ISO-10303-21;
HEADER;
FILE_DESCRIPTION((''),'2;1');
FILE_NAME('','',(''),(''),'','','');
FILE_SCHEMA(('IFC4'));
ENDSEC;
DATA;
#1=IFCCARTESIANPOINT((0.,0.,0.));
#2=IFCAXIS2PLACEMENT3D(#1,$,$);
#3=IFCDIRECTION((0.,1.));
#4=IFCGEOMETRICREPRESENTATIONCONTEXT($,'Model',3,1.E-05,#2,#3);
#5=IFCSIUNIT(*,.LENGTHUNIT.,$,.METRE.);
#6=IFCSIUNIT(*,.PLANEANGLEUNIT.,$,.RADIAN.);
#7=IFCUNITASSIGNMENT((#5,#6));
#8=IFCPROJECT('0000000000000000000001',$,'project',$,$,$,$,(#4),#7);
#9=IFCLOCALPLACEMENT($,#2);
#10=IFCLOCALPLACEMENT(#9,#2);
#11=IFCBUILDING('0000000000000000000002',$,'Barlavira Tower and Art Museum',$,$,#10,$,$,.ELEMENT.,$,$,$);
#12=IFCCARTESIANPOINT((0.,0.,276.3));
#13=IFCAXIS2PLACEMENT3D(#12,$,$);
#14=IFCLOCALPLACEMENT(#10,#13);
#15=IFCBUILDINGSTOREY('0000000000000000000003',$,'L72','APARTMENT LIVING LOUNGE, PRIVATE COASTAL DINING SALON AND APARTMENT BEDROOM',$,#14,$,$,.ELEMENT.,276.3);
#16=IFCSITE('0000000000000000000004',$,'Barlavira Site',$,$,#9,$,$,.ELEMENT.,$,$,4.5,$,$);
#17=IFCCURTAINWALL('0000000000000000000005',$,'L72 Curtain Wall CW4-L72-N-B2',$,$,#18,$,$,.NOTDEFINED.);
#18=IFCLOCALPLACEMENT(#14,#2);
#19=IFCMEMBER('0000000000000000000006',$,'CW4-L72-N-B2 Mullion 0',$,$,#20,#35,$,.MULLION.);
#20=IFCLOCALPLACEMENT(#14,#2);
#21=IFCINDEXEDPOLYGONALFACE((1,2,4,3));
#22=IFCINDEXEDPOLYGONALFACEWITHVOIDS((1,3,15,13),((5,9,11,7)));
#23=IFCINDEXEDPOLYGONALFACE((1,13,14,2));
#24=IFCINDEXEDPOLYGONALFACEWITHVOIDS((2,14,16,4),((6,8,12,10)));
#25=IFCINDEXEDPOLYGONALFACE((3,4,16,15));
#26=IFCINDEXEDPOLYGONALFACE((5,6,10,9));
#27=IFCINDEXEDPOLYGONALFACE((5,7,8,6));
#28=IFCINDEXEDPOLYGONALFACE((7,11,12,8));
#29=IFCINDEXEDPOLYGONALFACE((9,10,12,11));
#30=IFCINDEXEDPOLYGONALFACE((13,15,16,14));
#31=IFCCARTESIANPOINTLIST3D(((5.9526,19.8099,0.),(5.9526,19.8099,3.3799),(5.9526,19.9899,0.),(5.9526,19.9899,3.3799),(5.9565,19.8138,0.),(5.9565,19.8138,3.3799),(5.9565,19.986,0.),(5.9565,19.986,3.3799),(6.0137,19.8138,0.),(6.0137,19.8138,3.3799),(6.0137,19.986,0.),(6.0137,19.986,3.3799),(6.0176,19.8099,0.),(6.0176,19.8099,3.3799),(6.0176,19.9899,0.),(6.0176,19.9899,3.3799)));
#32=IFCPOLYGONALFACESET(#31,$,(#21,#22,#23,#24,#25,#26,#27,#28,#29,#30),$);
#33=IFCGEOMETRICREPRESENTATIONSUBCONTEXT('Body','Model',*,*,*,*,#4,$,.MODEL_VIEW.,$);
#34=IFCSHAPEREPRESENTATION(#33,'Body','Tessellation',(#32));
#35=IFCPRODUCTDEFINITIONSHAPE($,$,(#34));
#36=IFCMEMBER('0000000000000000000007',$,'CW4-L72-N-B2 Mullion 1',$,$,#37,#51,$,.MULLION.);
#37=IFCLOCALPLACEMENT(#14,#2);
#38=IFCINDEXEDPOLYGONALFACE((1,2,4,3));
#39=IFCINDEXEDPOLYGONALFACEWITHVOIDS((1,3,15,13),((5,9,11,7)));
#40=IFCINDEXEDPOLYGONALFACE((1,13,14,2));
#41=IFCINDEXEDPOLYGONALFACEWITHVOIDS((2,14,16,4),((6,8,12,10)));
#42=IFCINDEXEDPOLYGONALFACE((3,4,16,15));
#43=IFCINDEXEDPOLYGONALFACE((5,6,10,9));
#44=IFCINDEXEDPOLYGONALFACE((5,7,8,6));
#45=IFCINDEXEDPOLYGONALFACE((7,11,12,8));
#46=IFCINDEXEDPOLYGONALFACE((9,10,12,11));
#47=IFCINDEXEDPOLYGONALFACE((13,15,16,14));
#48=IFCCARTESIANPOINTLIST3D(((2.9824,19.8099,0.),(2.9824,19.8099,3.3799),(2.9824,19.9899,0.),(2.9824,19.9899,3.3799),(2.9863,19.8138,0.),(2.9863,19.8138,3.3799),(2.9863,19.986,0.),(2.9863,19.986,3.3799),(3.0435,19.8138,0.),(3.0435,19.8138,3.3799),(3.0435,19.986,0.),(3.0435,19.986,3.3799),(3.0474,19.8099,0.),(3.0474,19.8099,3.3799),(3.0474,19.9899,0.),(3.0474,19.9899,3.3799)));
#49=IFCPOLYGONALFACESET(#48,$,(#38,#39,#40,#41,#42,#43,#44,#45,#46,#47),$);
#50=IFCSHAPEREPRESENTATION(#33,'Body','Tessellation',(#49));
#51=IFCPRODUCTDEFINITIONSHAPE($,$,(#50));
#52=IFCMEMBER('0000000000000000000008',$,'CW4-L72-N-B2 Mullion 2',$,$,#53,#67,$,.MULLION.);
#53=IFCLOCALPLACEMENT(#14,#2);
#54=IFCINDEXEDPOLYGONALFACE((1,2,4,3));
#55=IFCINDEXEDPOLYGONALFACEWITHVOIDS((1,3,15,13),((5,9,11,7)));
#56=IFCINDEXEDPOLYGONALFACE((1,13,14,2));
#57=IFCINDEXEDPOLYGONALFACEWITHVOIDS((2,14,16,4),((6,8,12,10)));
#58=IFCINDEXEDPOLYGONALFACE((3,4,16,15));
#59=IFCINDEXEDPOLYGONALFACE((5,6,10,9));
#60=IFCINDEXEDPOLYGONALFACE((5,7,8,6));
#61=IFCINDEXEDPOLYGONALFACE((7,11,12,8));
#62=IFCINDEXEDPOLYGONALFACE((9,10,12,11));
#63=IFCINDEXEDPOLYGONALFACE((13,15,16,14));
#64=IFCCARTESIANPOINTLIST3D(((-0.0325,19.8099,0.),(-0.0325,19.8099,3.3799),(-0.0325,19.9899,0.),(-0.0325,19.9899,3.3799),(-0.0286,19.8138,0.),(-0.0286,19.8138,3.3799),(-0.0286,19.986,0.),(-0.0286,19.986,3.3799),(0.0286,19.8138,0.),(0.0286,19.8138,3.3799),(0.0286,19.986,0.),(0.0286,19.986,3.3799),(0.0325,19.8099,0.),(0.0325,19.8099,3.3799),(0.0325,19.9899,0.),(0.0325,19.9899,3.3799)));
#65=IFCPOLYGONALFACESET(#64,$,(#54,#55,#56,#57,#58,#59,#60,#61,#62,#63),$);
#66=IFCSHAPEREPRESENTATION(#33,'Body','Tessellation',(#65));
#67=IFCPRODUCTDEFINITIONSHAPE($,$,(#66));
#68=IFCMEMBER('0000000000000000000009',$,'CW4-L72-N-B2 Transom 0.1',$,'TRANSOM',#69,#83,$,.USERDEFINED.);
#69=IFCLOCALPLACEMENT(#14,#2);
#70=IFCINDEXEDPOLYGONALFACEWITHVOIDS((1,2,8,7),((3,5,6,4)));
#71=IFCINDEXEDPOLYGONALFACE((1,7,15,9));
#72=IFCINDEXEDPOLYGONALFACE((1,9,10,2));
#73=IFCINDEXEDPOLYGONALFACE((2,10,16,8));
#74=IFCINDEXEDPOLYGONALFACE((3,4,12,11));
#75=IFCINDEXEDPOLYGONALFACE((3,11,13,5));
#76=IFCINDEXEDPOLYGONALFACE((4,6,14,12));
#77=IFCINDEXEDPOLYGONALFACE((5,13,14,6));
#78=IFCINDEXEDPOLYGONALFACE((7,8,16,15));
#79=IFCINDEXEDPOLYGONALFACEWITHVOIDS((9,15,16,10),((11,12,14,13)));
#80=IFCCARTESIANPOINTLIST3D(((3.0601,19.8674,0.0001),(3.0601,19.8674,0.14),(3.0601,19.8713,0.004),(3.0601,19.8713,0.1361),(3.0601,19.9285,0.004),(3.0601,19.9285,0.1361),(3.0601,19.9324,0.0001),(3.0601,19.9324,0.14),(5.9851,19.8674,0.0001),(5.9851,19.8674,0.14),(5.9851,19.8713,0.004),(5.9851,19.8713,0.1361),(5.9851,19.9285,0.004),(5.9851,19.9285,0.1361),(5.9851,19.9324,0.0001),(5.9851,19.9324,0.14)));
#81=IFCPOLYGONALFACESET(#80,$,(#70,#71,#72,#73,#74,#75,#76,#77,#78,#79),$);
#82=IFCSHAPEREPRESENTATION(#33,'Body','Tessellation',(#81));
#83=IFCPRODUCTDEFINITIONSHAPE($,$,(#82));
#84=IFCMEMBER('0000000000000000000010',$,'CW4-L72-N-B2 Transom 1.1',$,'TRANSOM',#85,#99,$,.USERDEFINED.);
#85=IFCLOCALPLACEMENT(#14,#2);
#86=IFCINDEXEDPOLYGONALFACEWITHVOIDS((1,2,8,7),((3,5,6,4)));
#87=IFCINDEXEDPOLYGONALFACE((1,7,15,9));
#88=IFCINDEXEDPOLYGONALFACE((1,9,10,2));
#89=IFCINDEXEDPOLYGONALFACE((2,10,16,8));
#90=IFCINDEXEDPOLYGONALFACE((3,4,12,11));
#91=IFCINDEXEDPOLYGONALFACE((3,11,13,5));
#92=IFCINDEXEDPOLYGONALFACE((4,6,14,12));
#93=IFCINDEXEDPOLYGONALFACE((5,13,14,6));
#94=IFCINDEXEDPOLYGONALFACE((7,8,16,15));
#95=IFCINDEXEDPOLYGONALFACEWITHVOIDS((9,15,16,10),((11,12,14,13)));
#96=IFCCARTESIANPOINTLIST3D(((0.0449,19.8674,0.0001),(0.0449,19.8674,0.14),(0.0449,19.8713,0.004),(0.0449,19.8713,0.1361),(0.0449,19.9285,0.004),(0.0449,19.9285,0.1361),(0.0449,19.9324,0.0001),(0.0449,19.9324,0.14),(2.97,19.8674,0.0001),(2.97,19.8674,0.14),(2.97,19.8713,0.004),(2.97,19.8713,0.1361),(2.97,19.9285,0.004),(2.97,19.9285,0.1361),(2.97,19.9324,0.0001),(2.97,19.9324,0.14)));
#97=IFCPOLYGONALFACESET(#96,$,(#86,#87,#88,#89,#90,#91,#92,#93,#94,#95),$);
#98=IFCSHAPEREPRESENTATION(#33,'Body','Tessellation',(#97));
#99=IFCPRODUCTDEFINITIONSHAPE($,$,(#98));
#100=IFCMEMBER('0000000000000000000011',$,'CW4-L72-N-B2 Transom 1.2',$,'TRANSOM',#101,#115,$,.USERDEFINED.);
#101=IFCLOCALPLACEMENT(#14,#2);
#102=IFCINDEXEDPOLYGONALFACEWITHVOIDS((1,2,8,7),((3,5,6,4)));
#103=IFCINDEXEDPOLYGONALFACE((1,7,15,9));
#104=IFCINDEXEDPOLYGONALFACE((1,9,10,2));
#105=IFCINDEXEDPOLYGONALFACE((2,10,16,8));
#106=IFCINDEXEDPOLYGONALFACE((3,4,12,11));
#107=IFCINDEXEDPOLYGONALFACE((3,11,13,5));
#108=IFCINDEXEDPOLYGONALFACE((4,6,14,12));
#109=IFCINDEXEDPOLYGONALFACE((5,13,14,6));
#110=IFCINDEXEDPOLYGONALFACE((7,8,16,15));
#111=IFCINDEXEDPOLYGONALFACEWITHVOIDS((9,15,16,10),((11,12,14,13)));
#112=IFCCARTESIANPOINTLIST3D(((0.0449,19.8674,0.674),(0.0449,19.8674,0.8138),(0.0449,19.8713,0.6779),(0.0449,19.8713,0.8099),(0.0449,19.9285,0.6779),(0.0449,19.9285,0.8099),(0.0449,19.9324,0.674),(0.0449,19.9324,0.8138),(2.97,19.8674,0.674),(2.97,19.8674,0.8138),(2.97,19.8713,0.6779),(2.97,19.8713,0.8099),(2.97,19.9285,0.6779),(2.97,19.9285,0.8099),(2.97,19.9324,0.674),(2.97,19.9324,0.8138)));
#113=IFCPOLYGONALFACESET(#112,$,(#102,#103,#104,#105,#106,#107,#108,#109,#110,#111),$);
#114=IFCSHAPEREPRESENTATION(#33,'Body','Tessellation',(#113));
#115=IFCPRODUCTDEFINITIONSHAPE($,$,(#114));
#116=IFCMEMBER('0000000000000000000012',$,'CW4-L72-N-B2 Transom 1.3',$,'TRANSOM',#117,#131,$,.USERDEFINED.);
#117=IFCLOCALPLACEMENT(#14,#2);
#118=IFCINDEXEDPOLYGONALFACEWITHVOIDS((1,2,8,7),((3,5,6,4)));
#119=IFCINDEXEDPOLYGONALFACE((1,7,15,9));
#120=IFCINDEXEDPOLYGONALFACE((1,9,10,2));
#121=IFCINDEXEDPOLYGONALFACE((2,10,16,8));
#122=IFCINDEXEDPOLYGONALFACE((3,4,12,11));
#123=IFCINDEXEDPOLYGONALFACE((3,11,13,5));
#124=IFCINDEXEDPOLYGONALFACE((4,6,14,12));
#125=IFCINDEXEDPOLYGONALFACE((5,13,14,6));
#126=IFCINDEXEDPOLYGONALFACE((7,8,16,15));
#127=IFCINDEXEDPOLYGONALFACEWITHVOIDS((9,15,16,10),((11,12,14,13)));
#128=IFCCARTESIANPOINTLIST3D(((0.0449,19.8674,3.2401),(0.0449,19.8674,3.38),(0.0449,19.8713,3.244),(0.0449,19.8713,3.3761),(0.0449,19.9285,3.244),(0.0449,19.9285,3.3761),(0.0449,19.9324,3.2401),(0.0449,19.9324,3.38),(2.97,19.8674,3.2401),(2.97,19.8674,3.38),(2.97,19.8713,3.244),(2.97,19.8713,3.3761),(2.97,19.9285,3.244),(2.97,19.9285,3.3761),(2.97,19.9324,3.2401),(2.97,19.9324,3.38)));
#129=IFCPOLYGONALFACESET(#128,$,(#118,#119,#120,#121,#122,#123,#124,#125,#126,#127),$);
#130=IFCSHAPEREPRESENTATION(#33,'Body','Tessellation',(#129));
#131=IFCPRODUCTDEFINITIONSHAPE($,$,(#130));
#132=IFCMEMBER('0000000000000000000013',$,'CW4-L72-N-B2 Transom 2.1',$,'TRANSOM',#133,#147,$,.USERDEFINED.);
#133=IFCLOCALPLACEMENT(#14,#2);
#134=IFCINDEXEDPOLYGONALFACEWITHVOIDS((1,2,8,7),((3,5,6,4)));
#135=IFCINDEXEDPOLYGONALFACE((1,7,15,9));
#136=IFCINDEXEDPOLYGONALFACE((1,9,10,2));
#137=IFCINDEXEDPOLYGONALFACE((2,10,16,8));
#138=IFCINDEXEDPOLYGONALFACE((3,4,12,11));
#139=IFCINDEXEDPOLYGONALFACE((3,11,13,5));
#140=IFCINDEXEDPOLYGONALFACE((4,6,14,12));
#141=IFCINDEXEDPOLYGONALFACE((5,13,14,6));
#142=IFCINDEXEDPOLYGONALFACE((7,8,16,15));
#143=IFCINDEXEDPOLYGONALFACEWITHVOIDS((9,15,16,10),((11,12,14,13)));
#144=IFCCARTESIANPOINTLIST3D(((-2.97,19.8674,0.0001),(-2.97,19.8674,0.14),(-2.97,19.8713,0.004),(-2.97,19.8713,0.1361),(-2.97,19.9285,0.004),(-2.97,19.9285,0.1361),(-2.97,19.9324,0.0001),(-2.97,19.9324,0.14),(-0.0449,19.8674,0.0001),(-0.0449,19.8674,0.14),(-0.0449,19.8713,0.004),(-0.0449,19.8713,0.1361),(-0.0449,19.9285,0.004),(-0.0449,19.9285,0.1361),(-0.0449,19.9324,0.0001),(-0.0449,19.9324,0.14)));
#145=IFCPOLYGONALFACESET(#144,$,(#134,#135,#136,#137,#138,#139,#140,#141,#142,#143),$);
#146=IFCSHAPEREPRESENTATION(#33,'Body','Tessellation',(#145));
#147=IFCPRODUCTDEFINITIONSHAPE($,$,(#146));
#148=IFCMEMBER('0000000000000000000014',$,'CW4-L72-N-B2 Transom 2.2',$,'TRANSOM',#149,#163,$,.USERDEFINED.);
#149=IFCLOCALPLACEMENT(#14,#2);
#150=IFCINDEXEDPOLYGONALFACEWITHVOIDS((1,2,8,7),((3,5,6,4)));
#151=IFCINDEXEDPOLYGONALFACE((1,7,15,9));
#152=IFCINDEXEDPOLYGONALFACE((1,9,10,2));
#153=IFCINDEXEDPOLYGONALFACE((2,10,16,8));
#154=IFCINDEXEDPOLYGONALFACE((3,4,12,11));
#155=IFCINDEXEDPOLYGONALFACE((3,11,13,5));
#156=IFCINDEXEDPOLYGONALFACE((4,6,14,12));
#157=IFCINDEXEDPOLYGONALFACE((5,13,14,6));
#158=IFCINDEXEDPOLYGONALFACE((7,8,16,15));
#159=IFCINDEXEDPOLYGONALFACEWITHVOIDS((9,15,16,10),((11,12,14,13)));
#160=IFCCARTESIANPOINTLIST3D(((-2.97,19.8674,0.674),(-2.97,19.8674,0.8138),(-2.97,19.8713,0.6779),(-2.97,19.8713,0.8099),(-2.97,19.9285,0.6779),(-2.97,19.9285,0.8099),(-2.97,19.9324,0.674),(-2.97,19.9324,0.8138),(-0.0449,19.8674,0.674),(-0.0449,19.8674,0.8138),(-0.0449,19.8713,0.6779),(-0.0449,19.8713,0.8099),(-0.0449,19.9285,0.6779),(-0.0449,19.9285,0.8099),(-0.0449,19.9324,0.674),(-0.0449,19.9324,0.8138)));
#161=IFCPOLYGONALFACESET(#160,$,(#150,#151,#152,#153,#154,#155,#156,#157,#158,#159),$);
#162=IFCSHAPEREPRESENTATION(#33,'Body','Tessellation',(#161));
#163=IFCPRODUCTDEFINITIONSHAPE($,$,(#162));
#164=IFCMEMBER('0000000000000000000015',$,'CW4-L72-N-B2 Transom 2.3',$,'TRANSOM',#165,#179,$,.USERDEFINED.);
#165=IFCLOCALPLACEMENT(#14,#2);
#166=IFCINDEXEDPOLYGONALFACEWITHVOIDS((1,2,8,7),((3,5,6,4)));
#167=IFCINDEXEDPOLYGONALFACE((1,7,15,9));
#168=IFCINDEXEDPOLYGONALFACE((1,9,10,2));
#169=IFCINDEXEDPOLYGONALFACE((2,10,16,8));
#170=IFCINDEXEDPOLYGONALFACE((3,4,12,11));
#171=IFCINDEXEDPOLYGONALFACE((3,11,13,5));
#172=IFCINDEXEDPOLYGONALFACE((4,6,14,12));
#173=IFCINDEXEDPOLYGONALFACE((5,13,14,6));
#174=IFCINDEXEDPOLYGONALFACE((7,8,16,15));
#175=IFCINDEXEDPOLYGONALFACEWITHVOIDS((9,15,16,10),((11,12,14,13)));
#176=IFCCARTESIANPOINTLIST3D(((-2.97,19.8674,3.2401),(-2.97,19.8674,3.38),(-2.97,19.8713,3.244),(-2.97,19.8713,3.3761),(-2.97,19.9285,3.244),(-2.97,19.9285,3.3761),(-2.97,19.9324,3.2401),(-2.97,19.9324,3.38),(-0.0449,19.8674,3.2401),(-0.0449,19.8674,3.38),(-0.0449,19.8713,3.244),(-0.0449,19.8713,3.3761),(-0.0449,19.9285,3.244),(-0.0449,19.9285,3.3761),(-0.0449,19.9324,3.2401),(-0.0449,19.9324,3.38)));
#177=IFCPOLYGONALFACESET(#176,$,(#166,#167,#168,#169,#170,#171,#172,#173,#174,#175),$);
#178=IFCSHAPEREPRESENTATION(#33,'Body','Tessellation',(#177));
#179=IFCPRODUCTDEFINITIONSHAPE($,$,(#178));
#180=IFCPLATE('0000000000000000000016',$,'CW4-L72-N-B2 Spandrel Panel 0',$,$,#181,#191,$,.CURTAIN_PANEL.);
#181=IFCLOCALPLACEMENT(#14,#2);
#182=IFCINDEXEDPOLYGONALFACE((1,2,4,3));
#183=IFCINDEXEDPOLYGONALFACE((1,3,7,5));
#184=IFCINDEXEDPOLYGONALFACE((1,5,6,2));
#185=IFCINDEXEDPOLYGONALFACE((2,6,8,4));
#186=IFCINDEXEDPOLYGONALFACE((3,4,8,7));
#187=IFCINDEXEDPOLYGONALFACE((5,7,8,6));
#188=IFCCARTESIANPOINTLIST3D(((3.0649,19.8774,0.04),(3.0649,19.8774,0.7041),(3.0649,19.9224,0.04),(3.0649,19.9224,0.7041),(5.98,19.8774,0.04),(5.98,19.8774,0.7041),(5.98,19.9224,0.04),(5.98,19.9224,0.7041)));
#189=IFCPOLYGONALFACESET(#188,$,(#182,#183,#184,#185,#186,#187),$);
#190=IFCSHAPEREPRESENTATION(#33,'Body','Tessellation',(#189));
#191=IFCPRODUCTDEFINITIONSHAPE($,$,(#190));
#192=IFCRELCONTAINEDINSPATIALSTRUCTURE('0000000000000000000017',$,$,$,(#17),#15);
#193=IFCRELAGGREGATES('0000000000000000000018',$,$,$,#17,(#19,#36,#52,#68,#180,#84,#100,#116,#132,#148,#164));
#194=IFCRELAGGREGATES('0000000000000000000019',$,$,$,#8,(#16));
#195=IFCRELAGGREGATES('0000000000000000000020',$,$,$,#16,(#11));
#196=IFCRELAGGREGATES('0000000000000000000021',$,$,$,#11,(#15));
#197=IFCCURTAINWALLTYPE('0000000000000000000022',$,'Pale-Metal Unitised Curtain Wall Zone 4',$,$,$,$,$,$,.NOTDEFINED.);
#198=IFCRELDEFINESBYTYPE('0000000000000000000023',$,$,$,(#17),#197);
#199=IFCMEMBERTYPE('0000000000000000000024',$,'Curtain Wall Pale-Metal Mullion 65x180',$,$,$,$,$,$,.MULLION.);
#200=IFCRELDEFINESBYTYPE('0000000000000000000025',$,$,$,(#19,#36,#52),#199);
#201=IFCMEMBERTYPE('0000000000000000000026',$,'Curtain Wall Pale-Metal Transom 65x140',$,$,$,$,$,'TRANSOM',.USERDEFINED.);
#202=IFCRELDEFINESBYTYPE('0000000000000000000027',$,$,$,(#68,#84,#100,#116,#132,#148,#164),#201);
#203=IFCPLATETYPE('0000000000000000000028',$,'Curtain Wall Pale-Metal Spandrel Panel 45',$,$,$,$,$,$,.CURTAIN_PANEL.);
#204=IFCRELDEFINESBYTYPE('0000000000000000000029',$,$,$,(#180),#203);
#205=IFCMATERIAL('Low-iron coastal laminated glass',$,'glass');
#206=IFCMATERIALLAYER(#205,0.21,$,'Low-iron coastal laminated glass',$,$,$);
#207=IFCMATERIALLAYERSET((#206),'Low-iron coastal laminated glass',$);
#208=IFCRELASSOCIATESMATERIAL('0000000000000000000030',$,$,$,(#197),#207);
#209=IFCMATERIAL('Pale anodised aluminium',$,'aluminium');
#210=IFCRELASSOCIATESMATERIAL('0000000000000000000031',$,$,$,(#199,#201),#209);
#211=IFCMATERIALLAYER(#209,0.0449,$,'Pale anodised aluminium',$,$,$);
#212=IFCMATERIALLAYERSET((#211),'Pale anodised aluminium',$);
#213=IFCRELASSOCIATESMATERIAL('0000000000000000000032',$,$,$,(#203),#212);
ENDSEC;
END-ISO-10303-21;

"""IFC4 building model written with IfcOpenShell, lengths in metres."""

from ifc_helpers import new_model, si_unit, direction, frame, origin, origin_2d, place, context, subcontext, project, spatial, rectangle, hollow_rectangle, extrude, material, layer, layer_set, material_profile, profile_set, type_object, element, aggregate, save


model = new_model("IFC4")

# Units and contexts
model_context = context("Model", 3, precision=1e-05, world=origin(), true_north=direction((0.0, 1.0)))
body_context = subcontext(model_context, "Body", "Model", "MODEL_VIEW")
ifc_project = project(units=[si_unit("LENGTHUNIT", "METRE"), si_unit("PLANEANGLEUNIT", "RADIAN")], contexts=[model_context])

# Site, building, storey
site_placement = place(None, origin())
site = spatial("IfcSite", under=ifc_project, at=site_placement, Name="Barlavira Site", CompositionType="ELEMENT", RefElevation=4.5)
building_placement = place(site_placement, origin())
building = spatial("IfcBuilding", under=site, at=building_placement, Name="Barlavira Tower and Art Museum", CompositionType="ELEMENT")
storey_placement = place(building_placement, frame((0.0, 0.0, 276.3)))
storey = spatial("IfcBuildingStorey", under=building, at=storey_placement, Name="L72", Description="APARTMENT LIVING LOUNGE, PRIVATE COASTAL DINING SALON AND APARTMENT BEDROOM", CompositionType="ELEMENT", Elevation=276.3)

# Curtain wall, members, plate
ifc_material_1 = material(Name="Low-iron coastal laminated glass", Category="glass")
ifc_layer_1 = layer(ifc_material_1, 0.21, Name="Low-iron coastal laminated glass")
ifc_layer_set_1 = layer_set([ifc_layer_1], Name="Low-iron coastal laminated glass")
curtain_wall_type = type_object("IfcCurtainWallType", Name="Pale-Metal Unitised Curtain Wall Zone 4", PredefinedType="NOTDEFINED", material=ifc_layer_set_1)
curtain_wall_placement = place(storey_placement, origin())
curtain_wall = element("IfcCurtainWall", 1, at=curtain_wall_placement, inside=storey, type_object=curtain_wall_type, Name="L72 Curtain Wall CW4-L72-N-B2", PredefinedType="NOTDEFINED")
ifc_material_2 = material(Name="Pale anodised aluminium", Category="aluminium")
ifc_material_profile_1 = material_profile(ifc_material_2, hollow_rectangle(XDim=0.0649, YDim=0.1799, WallThickness=0.0039, at=origin_2d()), Name="ALU-MULL 65x180x4")
ifc_profile_set_1 = profile_set([ifc_material_profile_1], Name="Pale anodised aluminium")
member_type_1 = type_object("IfcMemberType", Name="Curtain Wall Pale-Metal Mullion 65x180", PredefinedType="MULLION", material=ifc_profile_set_1)
member_1_placement = place(storey_placement, frame((5.9851, 19.8999, 0.0), z_axis=(0.0, 0.0, 1.0), x_axis=(-1.0, 0.0, 0.0)))
member_1 = element("IfcMember", 2, at=member_1_placement, type_object=member_type_1, Name="CW4-L72-N-B2 Mullion 0", PredefinedType="MULLION", context=body_context, shape_type="SweptSolid", body=[
    extrude(hollow_rectangle(XDim=0.0649, YDim=0.1799, WallThickness=0.0039, at=origin_2d()), origin(), (0.0, 0.0, 1.0), 3.3799),
])
member_2_placement = place(storey_placement, frame((3.0149, 19.8999, 0.0), z_axis=(0.0, 0.0, 1.0), x_axis=(-1.0, 0.0, 0.0)))
member_2 = element("IfcMember", 3, at=member_2_placement, type_object=member_type_1, Name="CW4-L72-N-B2 Mullion 1", PredefinedType="MULLION", context=body_context, shape_type="SweptSolid", body=[
    extrude(hollow_rectangle(XDim=0.0649, YDim=0.1799, WallThickness=0.0039, at=origin_2d()), origin(), (0.0, 0.0, 1.0), 3.3799),
])
member_3_placement = place(storey_placement, frame((0.0, 19.8999, 0.0), z_axis=(0.0, 0.0, 1.0), x_axis=(-1.0, 0.0, 0.0)))
member_3 = element("IfcMember", 4, at=member_3_placement, type_object=member_type_1, Name="CW4-L72-N-B2 Mullion 2", PredefinedType="MULLION", context=body_context, shape_type="SweptSolid", body=[
    extrude(hollow_rectangle(XDim=0.0649, YDim=0.1799, WallThickness=0.0039, at=origin_2d()), origin(), (0.0, 0.0, 1.0), 3.3799),
])
ifc_material_profile_2 = material_profile(ifc_material_2, hollow_rectangle(XDim=0.0649, YDim=0.1399, WallThickness=0.0039, at=origin_2d()), Name="ALU-TRAN 65x140x4")
ifc_profile_set_2 = profile_set([ifc_material_profile_2], Name="Pale anodised aluminium")
member_type_2 = type_object("IfcMemberType", Name="Curtain Wall Pale-Metal Transom 65x140", ElementType="TRANSOM", PredefinedType="USERDEFINED", material=ifc_profile_set_2)
member_4_placement = place(storey_placement, frame((5.9851, 19.8999, 0.0701), z_axis=(-1.0, 0.0, 0.0), x_axis=(0.0, -1.0, 0.0)))
member_4 = element("IfcMember", 5, at=member_4_placement, type_object=member_type_2, Name="CW4-L72-N-B2 Transom 0.1", ObjectType="TRANSOM", PredefinedType="USERDEFINED", context=body_context, shape_type="SweptSolid", body=[
    extrude(hollow_rectangle(XDim=0.0649, YDim=0.1399, WallThickness=0.0039, at=origin_2d()), origin(), (0.0, 0.0, 1.0), 2.925),
])
member_5_placement = place(storey_placement, frame((2.97, 19.8999, 0.0701), z_axis=(-1.0, 0.0, 0.0), x_axis=(0.0, -1.0, 0.0)))
member_5 = element("IfcMember", 6, at=member_5_placement, type_object=member_type_2, Name="CW4-L72-N-B2 Transom 1.1", ObjectType="TRANSOM", PredefinedType="USERDEFINED", context=body_context, shape_type="SweptSolid", body=[
    extrude(hollow_rectangle(XDim=0.0649, YDim=0.1399, WallThickness=0.0039, at=origin_2d()), origin(), (0.0, 0.0, 1.0), 2.925),
])
member_6_placement = place(storey_placement, frame((2.97, 19.8999, 0.7439), z_axis=(-1.0, 0.0, 0.0), x_axis=(0.0, -1.0, 0.0)))
member_6 = element("IfcMember", 7, at=member_6_placement, type_object=member_type_2, Name="CW4-L72-N-B2 Transom 1.2", ObjectType="TRANSOM", PredefinedType="USERDEFINED", context=body_context, shape_type="SweptSolid", body=[
    extrude(hollow_rectangle(XDim=0.0649, YDim=0.1399, WallThickness=0.0039, at=origin_2d()), origin(), (0.0, 0.0, 1.0), 2.925),
])
member_7_placement = place(storey_placement, frame((2.97, 19.8999, 3.3101), z_axis=(-1.0, 0.0, 0.0), x_axis=(0.0, -1.0, 0.0)))
member_7 = element("IfcMember", 8, at=member_7_placement, type_object=member_type_2, Name="CW4-L72-N-B2 Transom 1.3", ObjectType="TRANSOM", PredefinedType="USERDEFINED", context=body_context, shape_type="SweptSolid", body=[
    extrude(hollow_rectangle(XDim=0.0649, YDim=0.1399, WallThickness=0.0039, at=origin_2d()), origin(), (0.0, 0.0, 1.0), 2.925),
])
member_8_placement = place(storey_placement, frame((-0.0449, 19.8999, 0.0701), z_axis=(-1.0, 0.0, 0.0), x_axis=(0.0, -1.0, 0.0)))
member_8 = element("IfcMember", 9, at=member_8_placement, type_object=member_type_2, Name="CW4-L72-N-B2 Transom 2.1", ObjectType="TRANSOM", PredefinedType="USERDEFINED", context=body_context, shape_type="SweptSolid", body=[
    extrude(hollow_rectangle(XDim=0.0649, YDim=0.1399, WallThickness=0.0039, at=origin_2d()), origin(), (0.0, 0.0, 1.0), 2.925),
])
member_9_placement = place(storey_placement, frame((-0.0449, 19.8999, 0.7439), z_axis=(-1.0, 0.0, 0.0), x_axis=(0.0, -1.0, 0.0)))
member_9 = element("IfcMember", 10, at=member_9_placement, type_object=member_type_2, Name="CW4-L72-N-B2 Transom 2.2", ObjectType="TRANSOM", PredefinedType="USERDEFINED", context=body_context, shape_type="SweptSolid", body=[
    extrude(hollow_rectangle(XDim=0.0649, YDim=0.1399, WallThickness=0.0039, at=origin_2d()), origin(), (0.0, 0.0, 1.0), 2.925),
])
member_10_placement = place(storey_placement, frame((-0.0449, 19.8999, 3.3101), z_axis=(-1.0, 0.0, 0.0), x_axis=(0.0, -1.0, 0.0)))
member_10 = element("IfcMember", 11, at=member_10_placement, type_object=member_type_2, Name="CW4-L72-N-B2 Transom 2.3", ObjectType="TRANSOM", PredefinedType="USERDEFINED", context=body_context, shape_type="SweptSolid", body=[
    extrude(hollow_rectangle(XDim=0.0649, YDim=0.1399, WallThickness=0.0039, at=origin_2d()), origin(), (0.0, 0.0, 1.0), 2.925),
])
ifc_layer_2 = layer(ifc_material_2, 0.0449, Name="Pale anodised aluminium")
ifc_layer_set_2 = layer_set([ifc_layer_2], Name="Pale anodised aluminium")
plate_type_1 = type_object("IfcPlateType", Name="Curtain Wall Pale-Metal Spandrel Panel 45", PredefinedType="CURTAIN_PANEL", material=ifc_layer_set_2)
plate_1_placement = place(storey_placement, frame((4.5225, 19.8999, 0.04), z_axis=(0.0, 0.0, 1.0), x_axis=(-1.0, 0.0, 0.0)))
plate_1 = element("IfcPlate", 12, at=plate_1_placement, type_object=plate_type_1, Name="CW4-L72-N-B2 Spandrel Panel 0", PredefinedType="CURTAIN_PANEL", context=body_context, shape_type="SweptSolid", body=[
    extrude(rectangle(XDim=2.915, YDim=0.0449, at=origin_2d()), origin(), (0.0, 0.0, 1.0), 0.6641),
])
aggregate(curtain_wall, [member_1, member_2, member_3, member_4, plate_1, member_5, member_6, member_7, member_8, member_9, member_10])

save(model, "model.ifc")
